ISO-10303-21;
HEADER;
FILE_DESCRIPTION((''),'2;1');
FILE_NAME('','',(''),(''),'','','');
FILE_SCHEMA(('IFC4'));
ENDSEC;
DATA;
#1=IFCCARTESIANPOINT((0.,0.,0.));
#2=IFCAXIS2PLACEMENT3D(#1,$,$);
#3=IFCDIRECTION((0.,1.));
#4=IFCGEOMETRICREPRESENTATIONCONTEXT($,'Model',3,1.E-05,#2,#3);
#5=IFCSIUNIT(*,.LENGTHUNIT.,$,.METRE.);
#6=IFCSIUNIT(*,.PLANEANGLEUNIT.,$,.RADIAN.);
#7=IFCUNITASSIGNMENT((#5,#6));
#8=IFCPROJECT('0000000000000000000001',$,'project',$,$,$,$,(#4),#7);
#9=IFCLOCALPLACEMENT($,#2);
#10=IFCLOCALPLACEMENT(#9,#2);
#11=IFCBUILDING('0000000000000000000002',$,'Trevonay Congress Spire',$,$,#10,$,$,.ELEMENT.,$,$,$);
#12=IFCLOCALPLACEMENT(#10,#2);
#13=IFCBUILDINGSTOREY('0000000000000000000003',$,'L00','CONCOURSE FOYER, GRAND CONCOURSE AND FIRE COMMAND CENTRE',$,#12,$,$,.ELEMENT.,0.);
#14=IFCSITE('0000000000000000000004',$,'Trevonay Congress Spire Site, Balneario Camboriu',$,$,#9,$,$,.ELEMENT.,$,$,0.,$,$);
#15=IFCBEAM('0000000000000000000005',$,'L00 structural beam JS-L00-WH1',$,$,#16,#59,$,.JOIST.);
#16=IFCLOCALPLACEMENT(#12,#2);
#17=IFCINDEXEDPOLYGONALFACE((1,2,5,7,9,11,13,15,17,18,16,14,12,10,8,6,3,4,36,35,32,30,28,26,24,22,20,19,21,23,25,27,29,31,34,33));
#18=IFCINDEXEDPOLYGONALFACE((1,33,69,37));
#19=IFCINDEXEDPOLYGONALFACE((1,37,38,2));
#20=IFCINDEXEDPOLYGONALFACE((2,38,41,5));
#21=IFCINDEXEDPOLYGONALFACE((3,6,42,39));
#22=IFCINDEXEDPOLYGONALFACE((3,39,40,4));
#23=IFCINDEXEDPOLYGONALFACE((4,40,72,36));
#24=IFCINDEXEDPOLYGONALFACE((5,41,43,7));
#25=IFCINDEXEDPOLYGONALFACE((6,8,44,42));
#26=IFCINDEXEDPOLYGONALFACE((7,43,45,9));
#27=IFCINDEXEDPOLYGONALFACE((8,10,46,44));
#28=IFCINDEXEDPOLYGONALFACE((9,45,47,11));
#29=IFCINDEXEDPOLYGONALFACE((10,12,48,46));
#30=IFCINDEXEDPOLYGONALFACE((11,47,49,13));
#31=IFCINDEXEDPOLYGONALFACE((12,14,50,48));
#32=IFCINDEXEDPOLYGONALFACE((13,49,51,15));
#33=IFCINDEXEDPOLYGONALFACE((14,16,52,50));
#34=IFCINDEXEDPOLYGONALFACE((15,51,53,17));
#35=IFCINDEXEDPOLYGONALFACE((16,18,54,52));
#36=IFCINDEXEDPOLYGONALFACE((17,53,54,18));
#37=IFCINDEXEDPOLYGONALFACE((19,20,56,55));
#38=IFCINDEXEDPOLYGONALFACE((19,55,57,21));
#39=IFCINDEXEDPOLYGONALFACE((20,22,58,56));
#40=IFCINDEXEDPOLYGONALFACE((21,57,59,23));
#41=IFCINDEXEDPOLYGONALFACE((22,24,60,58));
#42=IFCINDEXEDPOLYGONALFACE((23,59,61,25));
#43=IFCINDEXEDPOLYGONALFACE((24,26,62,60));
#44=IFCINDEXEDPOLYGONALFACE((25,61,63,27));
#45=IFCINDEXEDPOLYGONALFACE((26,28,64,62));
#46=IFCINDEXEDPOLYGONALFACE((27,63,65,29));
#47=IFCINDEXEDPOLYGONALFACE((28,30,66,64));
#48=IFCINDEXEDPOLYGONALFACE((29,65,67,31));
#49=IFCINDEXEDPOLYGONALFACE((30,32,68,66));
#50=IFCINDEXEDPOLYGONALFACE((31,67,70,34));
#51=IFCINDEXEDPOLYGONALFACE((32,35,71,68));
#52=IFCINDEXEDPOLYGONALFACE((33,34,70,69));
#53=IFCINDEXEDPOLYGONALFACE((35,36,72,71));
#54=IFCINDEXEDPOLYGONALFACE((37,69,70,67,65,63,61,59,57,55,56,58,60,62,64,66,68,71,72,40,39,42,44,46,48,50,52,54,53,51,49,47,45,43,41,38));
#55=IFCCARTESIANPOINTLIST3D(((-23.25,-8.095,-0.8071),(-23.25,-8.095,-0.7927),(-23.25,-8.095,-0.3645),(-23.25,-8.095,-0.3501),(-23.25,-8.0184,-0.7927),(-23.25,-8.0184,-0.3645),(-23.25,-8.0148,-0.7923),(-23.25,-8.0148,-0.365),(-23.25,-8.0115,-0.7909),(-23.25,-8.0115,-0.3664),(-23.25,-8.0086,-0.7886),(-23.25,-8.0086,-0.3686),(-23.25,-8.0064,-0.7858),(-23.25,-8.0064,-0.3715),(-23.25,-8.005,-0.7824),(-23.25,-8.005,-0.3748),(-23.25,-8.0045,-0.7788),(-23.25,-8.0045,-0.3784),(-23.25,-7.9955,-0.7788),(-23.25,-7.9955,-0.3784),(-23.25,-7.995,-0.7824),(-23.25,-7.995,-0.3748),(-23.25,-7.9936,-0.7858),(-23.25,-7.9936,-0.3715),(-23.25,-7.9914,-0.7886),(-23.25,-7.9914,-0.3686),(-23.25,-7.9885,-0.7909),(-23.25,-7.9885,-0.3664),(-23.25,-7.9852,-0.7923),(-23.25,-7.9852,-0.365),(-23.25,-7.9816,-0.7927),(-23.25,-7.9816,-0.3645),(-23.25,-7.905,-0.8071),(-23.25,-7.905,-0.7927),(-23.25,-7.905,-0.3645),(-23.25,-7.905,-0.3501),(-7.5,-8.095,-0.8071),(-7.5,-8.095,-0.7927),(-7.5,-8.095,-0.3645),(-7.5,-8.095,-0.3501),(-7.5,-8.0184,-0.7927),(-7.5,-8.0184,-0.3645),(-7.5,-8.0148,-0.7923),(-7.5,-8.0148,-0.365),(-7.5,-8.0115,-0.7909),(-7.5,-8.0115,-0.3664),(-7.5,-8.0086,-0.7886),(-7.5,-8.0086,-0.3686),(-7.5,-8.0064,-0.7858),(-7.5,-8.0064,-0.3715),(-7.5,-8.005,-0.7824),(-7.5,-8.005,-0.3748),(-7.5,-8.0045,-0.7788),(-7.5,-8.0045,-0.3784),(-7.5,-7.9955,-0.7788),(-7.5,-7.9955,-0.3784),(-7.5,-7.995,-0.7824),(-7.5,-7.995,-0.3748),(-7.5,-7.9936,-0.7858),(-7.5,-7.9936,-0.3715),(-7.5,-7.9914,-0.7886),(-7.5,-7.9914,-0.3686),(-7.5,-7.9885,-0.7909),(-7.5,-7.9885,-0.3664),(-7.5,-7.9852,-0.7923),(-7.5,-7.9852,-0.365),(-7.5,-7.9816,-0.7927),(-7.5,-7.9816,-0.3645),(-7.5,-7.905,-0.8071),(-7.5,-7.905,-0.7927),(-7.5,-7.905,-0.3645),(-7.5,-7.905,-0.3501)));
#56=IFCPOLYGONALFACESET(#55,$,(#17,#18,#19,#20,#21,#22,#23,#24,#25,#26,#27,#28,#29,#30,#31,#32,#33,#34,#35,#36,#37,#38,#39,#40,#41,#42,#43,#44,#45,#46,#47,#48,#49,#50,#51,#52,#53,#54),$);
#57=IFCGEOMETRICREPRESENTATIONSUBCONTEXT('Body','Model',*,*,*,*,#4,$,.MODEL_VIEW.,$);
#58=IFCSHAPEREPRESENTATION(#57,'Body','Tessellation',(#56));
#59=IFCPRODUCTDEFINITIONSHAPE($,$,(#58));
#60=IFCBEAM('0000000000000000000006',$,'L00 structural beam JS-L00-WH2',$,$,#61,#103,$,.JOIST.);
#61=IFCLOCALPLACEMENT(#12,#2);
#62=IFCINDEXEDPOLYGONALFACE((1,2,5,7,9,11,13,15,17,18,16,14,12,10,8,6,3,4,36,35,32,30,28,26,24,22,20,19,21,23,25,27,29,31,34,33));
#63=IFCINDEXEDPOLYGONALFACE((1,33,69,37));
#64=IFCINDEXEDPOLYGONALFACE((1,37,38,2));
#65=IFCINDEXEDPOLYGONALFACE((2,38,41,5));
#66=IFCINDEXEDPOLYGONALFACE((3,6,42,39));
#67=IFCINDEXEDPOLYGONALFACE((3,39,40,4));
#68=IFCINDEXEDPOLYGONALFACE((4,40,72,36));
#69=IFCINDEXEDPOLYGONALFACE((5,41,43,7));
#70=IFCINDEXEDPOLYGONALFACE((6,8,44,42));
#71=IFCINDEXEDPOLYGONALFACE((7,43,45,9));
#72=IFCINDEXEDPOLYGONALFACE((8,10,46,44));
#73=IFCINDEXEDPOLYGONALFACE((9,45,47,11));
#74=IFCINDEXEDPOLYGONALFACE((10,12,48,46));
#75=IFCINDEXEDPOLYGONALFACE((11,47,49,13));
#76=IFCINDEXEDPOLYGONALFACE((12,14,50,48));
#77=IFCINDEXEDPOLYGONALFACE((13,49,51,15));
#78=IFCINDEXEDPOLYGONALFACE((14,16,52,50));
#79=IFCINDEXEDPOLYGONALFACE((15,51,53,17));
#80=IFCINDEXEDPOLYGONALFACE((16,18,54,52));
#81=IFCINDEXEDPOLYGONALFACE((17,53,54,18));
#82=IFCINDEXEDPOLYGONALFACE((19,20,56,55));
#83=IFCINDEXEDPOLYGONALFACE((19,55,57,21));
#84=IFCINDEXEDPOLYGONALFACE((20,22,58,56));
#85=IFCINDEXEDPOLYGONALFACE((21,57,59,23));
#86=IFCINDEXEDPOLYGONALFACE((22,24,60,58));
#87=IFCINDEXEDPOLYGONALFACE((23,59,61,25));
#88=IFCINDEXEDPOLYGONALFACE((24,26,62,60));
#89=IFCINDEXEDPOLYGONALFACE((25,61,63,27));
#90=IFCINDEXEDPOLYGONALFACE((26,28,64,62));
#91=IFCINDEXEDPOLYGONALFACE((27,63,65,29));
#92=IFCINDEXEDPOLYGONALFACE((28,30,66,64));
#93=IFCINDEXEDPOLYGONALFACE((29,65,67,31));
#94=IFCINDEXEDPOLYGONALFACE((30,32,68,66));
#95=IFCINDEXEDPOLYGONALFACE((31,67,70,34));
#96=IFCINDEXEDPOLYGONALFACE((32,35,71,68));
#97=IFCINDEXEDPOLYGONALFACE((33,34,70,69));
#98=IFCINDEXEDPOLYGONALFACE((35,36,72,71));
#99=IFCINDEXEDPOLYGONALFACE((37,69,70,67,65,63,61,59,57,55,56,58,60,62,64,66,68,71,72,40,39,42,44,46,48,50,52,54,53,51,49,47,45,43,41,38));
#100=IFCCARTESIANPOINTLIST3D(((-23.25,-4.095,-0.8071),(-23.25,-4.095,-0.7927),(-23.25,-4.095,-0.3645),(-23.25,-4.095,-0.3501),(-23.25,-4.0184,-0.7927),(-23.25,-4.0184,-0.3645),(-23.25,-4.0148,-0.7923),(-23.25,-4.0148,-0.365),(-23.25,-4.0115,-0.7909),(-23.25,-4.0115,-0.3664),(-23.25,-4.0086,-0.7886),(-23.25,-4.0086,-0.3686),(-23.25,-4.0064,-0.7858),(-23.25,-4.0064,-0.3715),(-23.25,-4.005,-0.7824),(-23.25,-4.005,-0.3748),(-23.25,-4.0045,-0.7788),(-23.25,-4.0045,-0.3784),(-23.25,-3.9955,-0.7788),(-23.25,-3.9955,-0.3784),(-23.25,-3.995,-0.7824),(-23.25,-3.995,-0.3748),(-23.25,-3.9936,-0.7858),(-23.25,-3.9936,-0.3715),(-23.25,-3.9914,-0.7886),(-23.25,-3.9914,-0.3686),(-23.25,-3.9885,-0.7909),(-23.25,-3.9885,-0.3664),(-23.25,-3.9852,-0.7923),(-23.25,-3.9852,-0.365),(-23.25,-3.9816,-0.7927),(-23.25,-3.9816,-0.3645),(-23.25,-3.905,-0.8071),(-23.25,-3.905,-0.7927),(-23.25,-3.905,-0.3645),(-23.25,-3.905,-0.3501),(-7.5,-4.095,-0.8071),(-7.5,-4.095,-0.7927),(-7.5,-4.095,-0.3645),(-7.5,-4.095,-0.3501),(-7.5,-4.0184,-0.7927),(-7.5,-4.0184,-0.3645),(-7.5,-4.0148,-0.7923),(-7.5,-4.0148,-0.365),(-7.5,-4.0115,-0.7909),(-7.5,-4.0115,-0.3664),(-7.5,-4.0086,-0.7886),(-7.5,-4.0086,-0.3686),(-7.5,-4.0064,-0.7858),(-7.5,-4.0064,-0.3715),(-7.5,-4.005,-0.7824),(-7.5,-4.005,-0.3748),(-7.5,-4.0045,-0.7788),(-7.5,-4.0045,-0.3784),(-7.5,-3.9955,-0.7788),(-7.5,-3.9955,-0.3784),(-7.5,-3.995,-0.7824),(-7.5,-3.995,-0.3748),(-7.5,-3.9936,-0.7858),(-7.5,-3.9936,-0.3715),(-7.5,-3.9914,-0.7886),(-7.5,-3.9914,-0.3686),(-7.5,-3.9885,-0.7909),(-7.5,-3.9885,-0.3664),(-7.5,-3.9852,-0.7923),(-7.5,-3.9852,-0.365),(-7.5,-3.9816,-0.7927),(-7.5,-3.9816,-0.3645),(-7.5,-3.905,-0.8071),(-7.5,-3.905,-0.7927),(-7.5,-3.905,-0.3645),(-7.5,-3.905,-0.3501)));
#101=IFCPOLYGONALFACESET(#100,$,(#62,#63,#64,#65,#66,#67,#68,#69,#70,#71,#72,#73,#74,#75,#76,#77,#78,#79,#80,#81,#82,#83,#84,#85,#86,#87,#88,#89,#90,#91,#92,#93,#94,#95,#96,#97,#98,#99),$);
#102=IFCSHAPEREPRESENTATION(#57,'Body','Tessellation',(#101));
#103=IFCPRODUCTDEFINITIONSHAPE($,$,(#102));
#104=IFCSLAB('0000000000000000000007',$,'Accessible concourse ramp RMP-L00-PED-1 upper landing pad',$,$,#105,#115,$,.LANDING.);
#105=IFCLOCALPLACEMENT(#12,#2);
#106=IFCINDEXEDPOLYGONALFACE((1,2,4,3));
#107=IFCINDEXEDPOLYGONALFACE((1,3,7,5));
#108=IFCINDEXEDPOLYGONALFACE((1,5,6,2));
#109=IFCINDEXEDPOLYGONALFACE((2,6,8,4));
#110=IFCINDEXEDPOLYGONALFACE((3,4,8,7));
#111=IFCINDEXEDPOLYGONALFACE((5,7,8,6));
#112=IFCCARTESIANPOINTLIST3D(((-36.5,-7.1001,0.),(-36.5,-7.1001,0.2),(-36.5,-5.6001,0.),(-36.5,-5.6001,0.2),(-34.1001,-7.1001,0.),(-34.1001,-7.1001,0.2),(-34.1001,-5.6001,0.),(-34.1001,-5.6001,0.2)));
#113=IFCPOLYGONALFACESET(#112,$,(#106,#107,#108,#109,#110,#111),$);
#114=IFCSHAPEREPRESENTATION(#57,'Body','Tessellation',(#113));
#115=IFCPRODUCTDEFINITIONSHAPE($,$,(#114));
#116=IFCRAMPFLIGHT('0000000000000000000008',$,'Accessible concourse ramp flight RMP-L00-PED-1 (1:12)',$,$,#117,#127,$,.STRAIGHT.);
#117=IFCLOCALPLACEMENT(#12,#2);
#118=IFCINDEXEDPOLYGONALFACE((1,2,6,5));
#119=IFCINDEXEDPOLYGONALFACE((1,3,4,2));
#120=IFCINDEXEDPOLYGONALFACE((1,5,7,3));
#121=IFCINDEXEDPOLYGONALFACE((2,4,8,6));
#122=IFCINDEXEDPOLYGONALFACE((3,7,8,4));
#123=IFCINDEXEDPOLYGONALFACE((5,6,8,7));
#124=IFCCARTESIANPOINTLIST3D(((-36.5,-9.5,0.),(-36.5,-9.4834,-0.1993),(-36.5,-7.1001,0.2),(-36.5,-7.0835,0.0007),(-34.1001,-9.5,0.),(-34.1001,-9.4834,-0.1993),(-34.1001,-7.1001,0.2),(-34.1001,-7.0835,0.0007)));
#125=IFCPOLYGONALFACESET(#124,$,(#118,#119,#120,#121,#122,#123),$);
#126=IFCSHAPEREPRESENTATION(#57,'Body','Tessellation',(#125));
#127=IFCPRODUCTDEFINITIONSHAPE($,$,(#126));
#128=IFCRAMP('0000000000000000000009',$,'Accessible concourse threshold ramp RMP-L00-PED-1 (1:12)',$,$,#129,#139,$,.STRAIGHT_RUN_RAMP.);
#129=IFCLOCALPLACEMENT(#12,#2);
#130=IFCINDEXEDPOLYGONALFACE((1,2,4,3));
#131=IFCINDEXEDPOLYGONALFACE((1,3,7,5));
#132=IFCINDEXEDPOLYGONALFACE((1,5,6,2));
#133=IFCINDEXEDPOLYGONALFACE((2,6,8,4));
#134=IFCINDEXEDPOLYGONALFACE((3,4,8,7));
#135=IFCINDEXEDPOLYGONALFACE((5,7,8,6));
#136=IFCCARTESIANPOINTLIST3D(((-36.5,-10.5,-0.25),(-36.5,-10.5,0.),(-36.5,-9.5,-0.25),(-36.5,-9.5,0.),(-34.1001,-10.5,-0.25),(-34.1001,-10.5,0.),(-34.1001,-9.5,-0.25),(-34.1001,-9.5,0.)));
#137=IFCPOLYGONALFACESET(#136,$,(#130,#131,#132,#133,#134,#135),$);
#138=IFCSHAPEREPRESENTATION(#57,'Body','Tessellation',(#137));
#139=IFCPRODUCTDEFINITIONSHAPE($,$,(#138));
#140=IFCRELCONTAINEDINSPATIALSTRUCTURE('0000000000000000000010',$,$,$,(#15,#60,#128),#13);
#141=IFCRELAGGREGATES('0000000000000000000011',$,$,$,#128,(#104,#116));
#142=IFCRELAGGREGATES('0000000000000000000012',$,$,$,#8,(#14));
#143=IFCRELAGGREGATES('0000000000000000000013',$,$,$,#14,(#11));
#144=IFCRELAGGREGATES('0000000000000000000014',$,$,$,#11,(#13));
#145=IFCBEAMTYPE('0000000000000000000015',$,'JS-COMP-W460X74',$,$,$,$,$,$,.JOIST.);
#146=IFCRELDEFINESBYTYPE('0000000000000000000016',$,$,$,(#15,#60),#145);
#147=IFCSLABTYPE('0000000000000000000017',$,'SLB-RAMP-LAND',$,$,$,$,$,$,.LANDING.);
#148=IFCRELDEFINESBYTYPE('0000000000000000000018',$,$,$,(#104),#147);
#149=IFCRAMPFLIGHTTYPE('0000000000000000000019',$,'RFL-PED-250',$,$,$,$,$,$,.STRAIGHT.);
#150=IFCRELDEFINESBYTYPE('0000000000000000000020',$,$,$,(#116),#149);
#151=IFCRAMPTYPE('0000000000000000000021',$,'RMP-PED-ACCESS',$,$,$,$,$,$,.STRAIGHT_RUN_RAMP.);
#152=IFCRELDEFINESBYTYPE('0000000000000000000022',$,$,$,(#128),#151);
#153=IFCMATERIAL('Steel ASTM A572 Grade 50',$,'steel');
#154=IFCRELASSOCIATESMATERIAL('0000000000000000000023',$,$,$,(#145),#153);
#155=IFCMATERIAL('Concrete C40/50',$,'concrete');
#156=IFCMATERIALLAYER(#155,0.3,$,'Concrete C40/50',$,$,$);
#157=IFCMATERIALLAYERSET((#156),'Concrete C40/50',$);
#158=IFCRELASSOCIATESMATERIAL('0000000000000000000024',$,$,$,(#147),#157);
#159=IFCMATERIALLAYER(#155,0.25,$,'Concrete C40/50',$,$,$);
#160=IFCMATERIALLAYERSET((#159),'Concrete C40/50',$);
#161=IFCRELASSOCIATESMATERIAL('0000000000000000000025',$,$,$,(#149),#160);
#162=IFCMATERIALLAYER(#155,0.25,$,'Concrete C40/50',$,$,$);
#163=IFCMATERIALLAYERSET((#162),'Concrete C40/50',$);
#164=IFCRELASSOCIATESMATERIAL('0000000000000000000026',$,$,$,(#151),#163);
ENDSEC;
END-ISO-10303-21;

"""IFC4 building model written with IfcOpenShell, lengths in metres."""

from ifc_helpers import new_model, si_unit, direction, frame, origin, origin_2d, place, context, subcontext, project, spatial, polyline, rectangle, i_section, outline, extrude, material, layer, layer_set, material_profile, profile_set, type_object, element, aggregate, save


model = new_model("IFC4")

# Units and contexts
model_context = context("Model", 3, precision=1e-05, world=origin(), true_north=direction((0.0, 1.0)))
body_context = subcontext(model_context, "Body", "Model", "MODEL_VIEW")
ifc_project = project(units=[si_unit("LENGTHUNIT", "METRE"), si_unit("PLANEANGLEUNIT", "RADIAN")], contexts=[model_context])

# Site, building, storey
site_placement = place(None, origin())
site = spatial("IfcSite", under=ifc_project, at=site_placement, Name="Trevonay Congress Spire Site, Balneario Camboriu", CompositionType="ELEMENT", RefElevation=0.0)
building_placement = place(site_placement, origin())
building = spatial("IfcBuilding", under=site, at=building_placement, Name="Trevonay Congress Spire", CompositionType="ELEMENT")
storey_placement = place(building_placement, origin())
storey = spatial("IfcBuildingStorey", under=building, at=storey_placement, Name="L00", Description="CONCOURSE FOYER, GRAND CONCOURSE AND FIRE COMMAND CENTRE", CompositionType="ELEMENT", Elevation=0.0)

# Shared definitions
ifc_material_1 = material(Name="Steel ASTM A572 Grade 50", Category="steel")

# Beams
ifc_material_profile_1 = material_profile(ifc_material_1, i_section(OverallWidth=0.1899, OverallDepth=0.457, WebThickness=0.009, FlangeThickness=0.0144, FilletRadius=0.0139, at=origin_2d()), Name="W460x74")
ifc_profile_set_1 = profile_set([ifc_material_profile_1], Name="Steel ASTM A572 Grade 50")
beam_type_1 = type_object("IfcBeamType", Name="JS-COMP-W460X74", PredefinedType="JOIST", material=ifc_profile_set_1)
for number, where, z_axis, x_axis, name in (
    (1, (-23.25, -8.0, -0.5786), (1.0, 0.0, 0.0), (0.0, 1.0, 0.0), "L00 structural beam JS-L00-WH1"),
    (2, (-23.25, -4.0, -0.5786), (1.0, 0.0, 0.0), (0.0, 1.0, 0.0), "L00 structural beam JS-L00-WH2"),
):
    element("IfcBeam", number, at=place(storey_placement, frame(where, z_axis=z_axis, x_axis=x_axis)), inside=storey, type_object=beam_type_1, Name=name, PredefinedType="JOIST", context=body_context, shape_type="SweptSolid", body=[
        extrude(i_section(OverallWidth=0.1899, OverallDepth=0.457, WebThickness=0.009, FlangeThickness=0.0144, FilletRadius=0.0139, at=origin_2d()), origin(), (0.0, 0.0, 1.0), 15.75),
    ])

# Slab
ifc_material_2 = material(Name="Concrete C40/50", Category="concrete")
ifc_layer_1 = layer(ifc_material_2, 0.3, Name="Concrete C40/50")
ifc_layer_set_1 = layer_set([ifc_layer_1], Name="Concrete C40/50")
slab_type = type_object("IfcSlabType", Name="SLB-RAMP-LAND", PredefinedType="LANDING", material=ifc_layer_set_1)
slab_placement = place(storey_placement, origin())
slab = element("IfcSlab", 3, at=slab_placement, type_object=slab_type, Name="Accessible concourse ramp RMP-L00-PED-1 upper landing pad", PredefinedType="LANDING", context=body_context, shape_type="SweptSolid", body=[
    extrude(outline(polyline([(-36.5, -7.1001), (-34.1001, -7.1001), (-34.1001, -5.6001), (-36.5, -5.6001), (-36.5, -7.1001)])), origin(), (0.0, 0.0, 1.0), 0.2),
])

# Ramp flight
ifc_layer_2 = layer(ifc_material_2, 0.25, Name="Concrete C40/50")
ifc_layer_set_2 = layer_set([ifc_layer_2], Name="Concrete C40/50")
ramp_flight_type = type_object("IfcRampFlightType", Name="RFL-PED-250", PredefinedType="STRAIGHT", material=ifc_layer_set_2)
ramp_flight_placement = place(storey_placement, frame((-36.5, -9.5, 0.0), z_axis=(0.0, -0.083029, 0.996547), x_axis=(1.0, 0.0, 0.0)))
ramp_flight = element("IfcRampFlight", 4, at=ramp_flight_placement, type_object=ramp_flight_type, Name="Accessible concourse ramp flight RMP-L00-PED-1 (1:12)", PredefinedType="STRAIGHT", context=body_context, shape_type="SweptSolid", body=[
    extrude(outline(polyline([(0.0, 0.0), (2.3999, 0.0), (2.3999, 2.4082), (0.0, 2.4082), (0.0, 0.0)])), origin(), (0.0, 0.0, -1.0), 0.2),
])

# Ramp
ifc_layer_3 = layer(ifc_material_2, 0.25, Name="Concrete C40/50")
ifc_layer_set_3 = layer_set([ifc_layer_3], Name="Concrete C40/50")
ramp_type = type_object("IfcRampType", Name="RMP-PED-ACCESS", PredefinedType="STRAIGHT_RUN_RAMP", material=ifc_layer_set_3)
ramp_placement = place(storey_placement, frame((-35.3, -10.0, -0.25), z_axis=(0.0, 0.0, 1.0), x_axis=(1.0, 0.0, 0.0)))
ramp = element("IfcRamp", 5, at=ramp_placement, inside=storey, type_object=ramp_type, Name="Accessible concourse threshold ramp RMP-L00-PED-1 (1:12)", PredefinedType="STRAIGHT_RUN_RAMP", context=body_context, shape_type="SweptSolid", body=[
    extrude(rectangle(XDim=2.3999, YDim=1.0, at=origin_2d()), origin(), (0.0, 0.0, 1.0), 0.25),
])
aggregate(ramp, [slab, ramp_flight])

save(model, "model.ifc")
